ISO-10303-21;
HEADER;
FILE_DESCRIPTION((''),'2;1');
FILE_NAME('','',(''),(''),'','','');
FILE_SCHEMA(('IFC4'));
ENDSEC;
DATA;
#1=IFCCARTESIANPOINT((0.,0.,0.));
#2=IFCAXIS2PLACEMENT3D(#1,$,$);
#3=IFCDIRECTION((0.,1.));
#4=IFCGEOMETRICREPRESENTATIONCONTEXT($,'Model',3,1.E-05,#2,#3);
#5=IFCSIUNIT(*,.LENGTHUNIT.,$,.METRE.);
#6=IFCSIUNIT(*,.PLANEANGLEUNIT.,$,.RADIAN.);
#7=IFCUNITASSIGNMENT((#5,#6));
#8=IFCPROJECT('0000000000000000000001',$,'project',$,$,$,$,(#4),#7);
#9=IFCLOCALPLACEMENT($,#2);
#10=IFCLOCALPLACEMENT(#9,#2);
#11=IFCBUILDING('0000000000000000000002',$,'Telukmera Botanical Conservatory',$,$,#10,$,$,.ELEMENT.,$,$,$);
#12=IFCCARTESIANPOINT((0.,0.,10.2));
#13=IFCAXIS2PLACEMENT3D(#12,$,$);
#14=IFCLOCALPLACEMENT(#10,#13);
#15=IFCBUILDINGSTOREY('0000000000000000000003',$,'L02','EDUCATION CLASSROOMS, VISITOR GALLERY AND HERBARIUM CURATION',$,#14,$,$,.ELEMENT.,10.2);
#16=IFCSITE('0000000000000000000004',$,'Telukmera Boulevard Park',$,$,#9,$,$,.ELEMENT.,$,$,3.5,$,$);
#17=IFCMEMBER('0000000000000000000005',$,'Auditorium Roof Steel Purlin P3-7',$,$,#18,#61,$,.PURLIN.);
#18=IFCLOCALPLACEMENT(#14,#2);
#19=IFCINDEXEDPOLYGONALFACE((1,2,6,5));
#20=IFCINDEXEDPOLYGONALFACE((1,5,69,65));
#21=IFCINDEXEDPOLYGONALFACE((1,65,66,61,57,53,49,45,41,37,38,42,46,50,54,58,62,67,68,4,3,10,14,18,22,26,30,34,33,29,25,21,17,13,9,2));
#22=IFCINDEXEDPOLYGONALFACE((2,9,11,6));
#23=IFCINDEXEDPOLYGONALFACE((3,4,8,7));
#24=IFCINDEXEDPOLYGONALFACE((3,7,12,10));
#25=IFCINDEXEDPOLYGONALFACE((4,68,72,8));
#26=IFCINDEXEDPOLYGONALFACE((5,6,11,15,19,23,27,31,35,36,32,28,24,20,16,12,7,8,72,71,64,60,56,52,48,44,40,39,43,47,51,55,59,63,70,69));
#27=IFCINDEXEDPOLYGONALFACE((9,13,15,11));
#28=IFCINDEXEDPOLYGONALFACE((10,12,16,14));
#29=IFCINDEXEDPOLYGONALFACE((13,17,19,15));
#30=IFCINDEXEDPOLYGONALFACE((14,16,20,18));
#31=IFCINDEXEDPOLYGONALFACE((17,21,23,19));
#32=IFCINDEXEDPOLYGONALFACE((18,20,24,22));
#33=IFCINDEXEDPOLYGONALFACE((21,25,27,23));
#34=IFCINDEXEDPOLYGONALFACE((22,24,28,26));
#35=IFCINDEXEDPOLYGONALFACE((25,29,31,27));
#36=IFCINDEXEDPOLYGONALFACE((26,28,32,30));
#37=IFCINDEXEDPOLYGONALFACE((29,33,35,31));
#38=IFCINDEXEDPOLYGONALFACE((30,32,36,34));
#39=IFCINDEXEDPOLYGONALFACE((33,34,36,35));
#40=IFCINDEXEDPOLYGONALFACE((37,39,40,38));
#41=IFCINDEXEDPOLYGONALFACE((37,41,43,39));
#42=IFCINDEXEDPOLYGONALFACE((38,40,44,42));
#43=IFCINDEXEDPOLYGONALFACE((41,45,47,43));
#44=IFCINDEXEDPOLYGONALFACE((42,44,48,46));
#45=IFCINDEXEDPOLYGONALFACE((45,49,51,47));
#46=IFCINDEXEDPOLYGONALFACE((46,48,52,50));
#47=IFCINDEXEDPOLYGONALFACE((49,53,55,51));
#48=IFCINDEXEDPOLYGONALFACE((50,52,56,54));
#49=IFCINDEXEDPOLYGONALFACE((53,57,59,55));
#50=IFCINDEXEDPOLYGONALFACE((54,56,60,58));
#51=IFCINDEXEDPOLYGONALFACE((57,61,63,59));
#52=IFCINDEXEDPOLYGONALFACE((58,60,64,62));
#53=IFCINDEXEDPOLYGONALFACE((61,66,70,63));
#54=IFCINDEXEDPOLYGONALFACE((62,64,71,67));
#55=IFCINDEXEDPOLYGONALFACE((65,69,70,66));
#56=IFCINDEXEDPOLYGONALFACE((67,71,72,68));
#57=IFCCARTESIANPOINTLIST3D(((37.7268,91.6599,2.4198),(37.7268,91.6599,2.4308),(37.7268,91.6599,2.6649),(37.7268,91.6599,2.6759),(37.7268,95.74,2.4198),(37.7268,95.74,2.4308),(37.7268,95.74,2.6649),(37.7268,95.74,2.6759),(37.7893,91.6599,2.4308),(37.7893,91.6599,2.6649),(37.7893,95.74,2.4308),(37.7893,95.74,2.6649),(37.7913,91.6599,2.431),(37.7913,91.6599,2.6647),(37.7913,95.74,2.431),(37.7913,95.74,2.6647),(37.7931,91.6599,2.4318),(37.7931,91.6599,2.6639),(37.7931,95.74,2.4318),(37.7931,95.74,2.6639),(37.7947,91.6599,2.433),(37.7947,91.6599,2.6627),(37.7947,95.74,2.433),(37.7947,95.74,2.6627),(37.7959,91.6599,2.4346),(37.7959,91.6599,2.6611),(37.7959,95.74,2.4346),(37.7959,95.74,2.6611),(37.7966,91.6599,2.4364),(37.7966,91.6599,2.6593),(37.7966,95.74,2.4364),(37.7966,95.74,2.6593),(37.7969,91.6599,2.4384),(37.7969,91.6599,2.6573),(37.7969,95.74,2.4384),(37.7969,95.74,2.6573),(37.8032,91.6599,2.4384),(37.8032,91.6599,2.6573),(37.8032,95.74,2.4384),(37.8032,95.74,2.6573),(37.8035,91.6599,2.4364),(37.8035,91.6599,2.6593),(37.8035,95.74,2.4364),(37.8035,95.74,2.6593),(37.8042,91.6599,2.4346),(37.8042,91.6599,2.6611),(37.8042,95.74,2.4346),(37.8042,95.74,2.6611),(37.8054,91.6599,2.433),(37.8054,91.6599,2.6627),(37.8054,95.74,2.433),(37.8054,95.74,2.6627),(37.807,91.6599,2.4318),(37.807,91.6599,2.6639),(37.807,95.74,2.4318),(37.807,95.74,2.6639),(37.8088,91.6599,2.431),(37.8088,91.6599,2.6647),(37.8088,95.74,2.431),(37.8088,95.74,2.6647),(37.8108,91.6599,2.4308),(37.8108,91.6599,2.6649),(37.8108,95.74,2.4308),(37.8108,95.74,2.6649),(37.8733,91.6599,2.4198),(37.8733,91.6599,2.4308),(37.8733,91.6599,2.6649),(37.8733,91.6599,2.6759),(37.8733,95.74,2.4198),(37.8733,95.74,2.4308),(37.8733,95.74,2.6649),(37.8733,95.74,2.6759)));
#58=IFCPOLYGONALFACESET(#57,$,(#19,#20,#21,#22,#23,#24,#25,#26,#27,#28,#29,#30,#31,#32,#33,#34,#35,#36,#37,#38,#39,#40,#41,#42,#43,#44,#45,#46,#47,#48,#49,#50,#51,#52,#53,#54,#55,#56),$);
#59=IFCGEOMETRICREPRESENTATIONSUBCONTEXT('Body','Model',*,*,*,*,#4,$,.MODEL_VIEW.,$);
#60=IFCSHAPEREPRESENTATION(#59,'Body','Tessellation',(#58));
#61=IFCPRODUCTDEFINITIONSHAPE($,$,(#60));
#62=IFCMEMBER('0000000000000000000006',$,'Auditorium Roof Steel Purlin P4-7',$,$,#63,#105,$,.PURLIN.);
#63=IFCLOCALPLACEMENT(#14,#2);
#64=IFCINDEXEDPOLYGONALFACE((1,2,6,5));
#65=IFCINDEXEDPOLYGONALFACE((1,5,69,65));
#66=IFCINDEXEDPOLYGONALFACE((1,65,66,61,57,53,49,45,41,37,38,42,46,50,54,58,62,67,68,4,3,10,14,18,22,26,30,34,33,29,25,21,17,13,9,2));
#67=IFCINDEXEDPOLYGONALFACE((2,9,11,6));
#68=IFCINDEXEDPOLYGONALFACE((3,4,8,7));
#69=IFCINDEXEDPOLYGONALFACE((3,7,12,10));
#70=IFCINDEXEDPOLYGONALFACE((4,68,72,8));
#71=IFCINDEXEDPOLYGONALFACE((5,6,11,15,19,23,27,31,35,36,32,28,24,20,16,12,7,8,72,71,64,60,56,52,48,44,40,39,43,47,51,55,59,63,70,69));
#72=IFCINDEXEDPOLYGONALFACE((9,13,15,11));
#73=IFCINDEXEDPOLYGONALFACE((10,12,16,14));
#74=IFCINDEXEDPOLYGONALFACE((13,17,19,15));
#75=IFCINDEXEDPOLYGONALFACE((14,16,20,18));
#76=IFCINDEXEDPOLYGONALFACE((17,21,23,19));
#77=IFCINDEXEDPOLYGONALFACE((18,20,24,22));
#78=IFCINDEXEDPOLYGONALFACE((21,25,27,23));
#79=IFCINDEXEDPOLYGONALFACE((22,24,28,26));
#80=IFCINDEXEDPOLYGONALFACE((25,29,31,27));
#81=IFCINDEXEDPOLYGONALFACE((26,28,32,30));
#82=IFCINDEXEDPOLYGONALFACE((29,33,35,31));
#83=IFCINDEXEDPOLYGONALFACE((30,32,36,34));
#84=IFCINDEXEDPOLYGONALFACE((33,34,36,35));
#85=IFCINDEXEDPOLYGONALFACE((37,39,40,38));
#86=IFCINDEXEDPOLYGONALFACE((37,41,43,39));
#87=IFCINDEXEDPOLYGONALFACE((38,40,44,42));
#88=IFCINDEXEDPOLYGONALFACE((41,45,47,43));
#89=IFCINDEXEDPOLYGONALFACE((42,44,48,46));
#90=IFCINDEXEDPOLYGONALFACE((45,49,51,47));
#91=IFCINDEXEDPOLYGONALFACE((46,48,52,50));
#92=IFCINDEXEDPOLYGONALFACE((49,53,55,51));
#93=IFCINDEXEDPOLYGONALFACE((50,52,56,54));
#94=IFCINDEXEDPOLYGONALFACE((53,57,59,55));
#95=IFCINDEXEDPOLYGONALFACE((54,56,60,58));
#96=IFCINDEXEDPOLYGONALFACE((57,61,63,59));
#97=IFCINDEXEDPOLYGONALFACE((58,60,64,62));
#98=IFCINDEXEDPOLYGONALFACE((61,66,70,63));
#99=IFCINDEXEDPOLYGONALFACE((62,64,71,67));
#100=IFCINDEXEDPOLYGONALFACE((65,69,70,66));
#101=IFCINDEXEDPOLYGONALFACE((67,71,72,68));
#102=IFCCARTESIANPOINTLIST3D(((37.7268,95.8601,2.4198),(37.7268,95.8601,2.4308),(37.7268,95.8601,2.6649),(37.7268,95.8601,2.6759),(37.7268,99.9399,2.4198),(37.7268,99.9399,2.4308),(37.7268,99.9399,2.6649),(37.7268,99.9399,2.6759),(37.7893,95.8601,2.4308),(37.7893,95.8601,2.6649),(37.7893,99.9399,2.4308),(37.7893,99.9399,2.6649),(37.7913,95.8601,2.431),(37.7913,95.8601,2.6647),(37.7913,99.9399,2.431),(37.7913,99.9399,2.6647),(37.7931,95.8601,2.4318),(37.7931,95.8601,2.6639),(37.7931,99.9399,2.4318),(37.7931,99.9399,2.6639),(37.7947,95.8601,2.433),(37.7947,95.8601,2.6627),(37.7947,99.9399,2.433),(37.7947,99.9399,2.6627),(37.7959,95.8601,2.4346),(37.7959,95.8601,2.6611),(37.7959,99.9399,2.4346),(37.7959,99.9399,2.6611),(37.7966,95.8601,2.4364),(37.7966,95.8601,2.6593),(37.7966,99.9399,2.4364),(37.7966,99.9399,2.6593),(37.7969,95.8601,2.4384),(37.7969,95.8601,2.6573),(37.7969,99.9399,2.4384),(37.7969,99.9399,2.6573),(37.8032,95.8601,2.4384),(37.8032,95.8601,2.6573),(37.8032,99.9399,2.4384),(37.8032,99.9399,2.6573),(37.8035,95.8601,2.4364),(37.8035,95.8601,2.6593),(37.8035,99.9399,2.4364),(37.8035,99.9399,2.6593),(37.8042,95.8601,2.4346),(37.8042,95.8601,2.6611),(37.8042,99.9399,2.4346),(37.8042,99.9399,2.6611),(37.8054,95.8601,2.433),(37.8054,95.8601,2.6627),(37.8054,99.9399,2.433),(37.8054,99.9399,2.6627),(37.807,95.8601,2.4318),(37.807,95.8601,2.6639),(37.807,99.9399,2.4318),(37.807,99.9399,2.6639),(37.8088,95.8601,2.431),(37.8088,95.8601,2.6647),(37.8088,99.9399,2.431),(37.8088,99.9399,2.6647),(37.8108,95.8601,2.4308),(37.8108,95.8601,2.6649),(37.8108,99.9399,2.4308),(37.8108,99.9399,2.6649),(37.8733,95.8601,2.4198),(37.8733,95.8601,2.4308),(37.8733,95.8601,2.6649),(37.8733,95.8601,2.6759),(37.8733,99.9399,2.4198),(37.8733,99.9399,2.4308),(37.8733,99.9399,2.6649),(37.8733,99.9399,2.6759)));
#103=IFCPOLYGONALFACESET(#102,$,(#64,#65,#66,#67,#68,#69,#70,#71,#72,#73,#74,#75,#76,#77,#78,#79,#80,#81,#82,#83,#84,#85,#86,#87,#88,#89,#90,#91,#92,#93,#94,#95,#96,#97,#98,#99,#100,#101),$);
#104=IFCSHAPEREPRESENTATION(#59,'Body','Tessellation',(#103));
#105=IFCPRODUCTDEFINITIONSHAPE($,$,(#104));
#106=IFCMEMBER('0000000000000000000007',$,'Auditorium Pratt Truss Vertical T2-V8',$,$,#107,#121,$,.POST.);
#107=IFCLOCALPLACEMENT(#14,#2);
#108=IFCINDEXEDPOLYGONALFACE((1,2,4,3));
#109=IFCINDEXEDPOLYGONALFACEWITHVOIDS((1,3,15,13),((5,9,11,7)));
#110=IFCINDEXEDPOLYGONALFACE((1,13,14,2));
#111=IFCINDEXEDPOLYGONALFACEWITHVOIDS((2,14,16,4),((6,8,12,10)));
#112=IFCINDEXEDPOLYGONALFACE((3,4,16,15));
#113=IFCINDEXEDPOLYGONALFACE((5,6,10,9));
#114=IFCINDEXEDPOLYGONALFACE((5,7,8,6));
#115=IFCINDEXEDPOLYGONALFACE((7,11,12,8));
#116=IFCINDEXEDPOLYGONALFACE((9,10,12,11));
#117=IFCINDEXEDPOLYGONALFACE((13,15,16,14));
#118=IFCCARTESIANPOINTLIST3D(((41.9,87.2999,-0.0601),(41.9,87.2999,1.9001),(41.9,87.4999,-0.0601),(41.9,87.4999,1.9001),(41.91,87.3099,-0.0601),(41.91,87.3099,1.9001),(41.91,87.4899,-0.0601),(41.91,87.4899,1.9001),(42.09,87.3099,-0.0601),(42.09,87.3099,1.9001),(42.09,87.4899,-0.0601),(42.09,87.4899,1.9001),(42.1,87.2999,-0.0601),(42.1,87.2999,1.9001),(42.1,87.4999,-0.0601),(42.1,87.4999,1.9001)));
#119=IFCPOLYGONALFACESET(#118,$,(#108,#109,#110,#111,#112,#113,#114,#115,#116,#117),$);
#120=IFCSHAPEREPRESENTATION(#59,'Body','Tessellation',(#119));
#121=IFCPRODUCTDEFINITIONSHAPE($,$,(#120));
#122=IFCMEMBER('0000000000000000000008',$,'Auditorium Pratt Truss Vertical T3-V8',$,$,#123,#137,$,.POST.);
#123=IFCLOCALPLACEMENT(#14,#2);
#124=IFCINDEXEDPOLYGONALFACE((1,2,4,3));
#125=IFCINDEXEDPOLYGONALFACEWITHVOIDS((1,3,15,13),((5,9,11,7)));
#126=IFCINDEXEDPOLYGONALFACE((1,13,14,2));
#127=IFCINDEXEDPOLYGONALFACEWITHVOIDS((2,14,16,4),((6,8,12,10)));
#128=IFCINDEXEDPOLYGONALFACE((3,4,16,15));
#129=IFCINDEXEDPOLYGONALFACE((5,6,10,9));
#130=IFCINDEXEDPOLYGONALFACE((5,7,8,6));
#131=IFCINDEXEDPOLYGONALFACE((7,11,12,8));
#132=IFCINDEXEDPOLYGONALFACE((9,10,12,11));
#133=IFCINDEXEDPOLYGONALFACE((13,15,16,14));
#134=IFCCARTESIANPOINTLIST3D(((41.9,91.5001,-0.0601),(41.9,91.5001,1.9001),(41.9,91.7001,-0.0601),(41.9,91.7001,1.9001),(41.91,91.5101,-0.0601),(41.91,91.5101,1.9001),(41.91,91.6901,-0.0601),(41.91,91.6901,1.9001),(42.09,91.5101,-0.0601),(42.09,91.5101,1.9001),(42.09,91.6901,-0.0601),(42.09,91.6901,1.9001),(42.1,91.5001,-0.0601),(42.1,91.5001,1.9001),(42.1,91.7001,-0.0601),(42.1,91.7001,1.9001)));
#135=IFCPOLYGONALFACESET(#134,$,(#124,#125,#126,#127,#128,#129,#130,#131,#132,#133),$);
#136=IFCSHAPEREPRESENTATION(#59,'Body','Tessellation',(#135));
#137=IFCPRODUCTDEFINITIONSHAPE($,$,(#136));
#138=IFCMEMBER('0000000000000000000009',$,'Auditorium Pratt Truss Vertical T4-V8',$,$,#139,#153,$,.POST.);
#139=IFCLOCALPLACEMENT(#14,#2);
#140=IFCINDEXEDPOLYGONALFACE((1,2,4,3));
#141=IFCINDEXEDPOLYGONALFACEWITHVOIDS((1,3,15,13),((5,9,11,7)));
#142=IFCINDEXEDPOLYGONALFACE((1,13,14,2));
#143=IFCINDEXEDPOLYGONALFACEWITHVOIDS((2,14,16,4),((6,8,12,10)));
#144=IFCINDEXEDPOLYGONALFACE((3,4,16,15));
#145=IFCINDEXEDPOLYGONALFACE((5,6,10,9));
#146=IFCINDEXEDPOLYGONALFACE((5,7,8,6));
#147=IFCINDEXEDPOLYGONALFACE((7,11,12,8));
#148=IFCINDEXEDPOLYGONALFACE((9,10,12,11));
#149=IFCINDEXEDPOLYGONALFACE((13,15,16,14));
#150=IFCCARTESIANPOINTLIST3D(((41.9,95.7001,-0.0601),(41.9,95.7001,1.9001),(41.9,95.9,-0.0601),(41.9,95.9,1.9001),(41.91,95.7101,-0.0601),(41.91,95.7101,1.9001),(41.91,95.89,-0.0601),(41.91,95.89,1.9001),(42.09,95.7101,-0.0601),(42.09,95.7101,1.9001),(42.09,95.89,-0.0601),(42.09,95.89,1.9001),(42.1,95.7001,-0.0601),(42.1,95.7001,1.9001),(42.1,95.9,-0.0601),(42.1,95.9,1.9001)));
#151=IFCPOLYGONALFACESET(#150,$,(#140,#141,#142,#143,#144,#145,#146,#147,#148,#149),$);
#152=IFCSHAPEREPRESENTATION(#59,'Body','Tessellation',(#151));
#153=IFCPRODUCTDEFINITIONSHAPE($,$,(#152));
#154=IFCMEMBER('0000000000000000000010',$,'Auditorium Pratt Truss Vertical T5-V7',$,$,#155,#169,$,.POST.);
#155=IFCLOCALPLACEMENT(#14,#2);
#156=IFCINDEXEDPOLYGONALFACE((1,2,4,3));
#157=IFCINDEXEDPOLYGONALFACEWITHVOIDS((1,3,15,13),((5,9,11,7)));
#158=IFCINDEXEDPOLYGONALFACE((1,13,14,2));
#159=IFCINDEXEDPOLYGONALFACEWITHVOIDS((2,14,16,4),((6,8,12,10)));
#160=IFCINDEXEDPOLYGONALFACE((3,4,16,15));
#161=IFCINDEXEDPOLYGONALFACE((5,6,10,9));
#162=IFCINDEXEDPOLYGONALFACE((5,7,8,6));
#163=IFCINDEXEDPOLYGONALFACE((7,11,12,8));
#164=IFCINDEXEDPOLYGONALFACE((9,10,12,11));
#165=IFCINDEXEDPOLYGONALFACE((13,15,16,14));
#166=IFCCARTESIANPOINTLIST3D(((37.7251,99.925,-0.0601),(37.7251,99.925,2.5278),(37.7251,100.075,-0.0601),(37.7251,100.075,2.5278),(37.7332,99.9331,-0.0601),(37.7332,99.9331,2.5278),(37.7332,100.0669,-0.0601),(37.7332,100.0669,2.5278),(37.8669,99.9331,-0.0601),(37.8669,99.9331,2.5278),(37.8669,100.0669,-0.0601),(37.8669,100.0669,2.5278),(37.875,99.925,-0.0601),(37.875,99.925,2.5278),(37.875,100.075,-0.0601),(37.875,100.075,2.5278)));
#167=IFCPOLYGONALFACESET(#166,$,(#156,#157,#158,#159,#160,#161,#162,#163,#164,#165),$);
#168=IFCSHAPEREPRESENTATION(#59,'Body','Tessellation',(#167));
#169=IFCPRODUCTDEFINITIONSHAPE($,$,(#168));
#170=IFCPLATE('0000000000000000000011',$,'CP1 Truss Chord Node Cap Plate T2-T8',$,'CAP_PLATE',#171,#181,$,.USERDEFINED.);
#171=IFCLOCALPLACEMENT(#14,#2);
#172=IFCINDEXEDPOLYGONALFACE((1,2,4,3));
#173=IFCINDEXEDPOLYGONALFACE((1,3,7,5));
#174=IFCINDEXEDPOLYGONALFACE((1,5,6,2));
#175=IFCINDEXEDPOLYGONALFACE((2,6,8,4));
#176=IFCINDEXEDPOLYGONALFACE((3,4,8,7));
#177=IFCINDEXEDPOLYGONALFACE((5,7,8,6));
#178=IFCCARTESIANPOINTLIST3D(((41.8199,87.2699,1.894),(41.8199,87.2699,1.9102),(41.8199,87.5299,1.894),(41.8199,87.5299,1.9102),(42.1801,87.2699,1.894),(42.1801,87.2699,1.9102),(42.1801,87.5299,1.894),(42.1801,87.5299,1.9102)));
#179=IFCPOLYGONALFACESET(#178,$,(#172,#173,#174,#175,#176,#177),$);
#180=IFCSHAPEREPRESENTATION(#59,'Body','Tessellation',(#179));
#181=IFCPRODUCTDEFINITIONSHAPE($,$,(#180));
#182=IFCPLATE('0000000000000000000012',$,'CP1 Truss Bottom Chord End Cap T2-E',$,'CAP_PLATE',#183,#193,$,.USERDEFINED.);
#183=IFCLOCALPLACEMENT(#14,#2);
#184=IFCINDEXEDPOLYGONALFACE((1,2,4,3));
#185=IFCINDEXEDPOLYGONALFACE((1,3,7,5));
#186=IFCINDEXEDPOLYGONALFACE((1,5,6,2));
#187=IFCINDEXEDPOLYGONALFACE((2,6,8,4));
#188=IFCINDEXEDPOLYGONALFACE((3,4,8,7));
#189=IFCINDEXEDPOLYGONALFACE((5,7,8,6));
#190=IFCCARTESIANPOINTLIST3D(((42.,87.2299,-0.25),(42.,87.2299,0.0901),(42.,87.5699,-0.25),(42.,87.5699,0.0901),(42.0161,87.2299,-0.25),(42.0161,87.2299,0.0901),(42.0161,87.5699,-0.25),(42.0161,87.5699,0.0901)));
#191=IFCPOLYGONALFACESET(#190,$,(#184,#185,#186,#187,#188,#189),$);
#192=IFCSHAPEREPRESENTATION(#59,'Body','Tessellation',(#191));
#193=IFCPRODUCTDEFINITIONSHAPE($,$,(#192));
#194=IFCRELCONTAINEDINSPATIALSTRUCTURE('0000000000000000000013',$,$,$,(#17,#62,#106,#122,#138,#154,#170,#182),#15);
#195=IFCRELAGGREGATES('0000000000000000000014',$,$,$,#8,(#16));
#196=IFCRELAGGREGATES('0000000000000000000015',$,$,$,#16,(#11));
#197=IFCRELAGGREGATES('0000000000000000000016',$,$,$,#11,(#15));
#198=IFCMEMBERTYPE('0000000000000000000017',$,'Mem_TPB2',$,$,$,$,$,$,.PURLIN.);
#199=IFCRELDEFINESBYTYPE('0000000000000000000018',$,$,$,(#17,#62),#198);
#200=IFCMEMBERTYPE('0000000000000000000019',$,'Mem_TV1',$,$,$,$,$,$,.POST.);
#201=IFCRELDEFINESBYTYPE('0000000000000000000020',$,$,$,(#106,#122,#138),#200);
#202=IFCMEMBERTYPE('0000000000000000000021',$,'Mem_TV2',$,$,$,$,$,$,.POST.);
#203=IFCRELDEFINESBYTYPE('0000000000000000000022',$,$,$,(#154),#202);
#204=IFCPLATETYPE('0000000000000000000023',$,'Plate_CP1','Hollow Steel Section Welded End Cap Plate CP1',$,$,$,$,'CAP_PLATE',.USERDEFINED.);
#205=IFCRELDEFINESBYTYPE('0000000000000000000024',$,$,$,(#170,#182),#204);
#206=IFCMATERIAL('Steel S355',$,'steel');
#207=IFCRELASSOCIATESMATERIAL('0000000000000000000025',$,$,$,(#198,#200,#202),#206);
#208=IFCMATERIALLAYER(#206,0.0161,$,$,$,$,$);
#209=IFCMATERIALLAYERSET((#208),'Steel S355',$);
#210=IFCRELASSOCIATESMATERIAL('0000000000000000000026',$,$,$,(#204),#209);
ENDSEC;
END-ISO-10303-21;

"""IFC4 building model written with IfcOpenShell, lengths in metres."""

from ifc_helpers import new_model, si_unit, direction, frame, origin, origin_2d, place, context, subcontext, project, spatial, rectangle, hollow_rectangle, i_section, extrude, material, layer, layer_set, material_profile, profile_set, type_object, element, save


model = new_model("IFC4")

# Units and contexts
model_context = context("Model", 3, precision=1e-05, world=origin(), true_north=direction((0.0, 1.0)))
body_context = subcontext(model_context, "Body", "Model", "MODEL_VIEW")
ifc_project = project(units=[si_unit("LENGTHUNIT", "METRE"), si_unit("PLANEANGLEUNIT", "RADIAN")], contexts=[model_context])

# Site, building, storey
site_placement = place(None, origin())
site = spatial("IfcSite", under=ifc_project, at=site_placement, Name="Telukmera Boulevard Park", CompositionType="ELEMENT", RefElevation=3.5)
building_placement = place(site_placement, origin())
building = spatial("IfcBuilding", under=site, at=building_placement, Name="Telukmera Botanical Conservatory", CompositionType="ELEMENT")
storey_placement = place(building_placement, frame((0.0, 0.0, 10.2)))
storey = spatial("IfcBuildingStorey", under=building, at=storey_placement, Name="L02", Description="EDUCATION CLASSROOMS, VISITOR GALLERY AND HERBARIUM CURATION", CompositionType="ELEMENT", Elevation=10.2)

# Members
ifc_material_1 = material(Name="Steel S355", Category="steel")
ifc_material_profile_1 = material_profile(ifc_material_1, i_section(OverallWidth=0.1465, OverallDepth=0.2561, WebThickness=0.0063, FlangeThickness=0.011, FilletRadius=0.0076, at=origin_2d()), Name="UB 254x146x37")
ifc_profile_set_1 = profile_set([ifc_material_profile_1], Name="Steel S355")
member_type_1 = type_object("IfcMemberType", Name="Mem_TPB2", PredefinedType="PURLIN", material=ifc_profile_set_1)
for number, where, z_axis, x_axis, name in (
    (1, (37.8, 91.6599, 2.5479), (0.0, 1.0, 0.0), (-1.0, 0.0, 0.0), "Auditorium Roof Steel Purlin P3-7"),
):
    element("IfcMember", number, at=place(storey_placement, frame(where, z_axis=z_axis, x_axis=x_axis)), inside=storey, type_object=member_type_1, Name=name, PredefinedType="PURLIN", context=body_context, shape_type="SweptSolid", body=[
        extrude(i_section(OverallWidth=0.1465, OverallDepth=0.2561, WebThickness=0.0063, FlangeThickness=0.011, FilletRadius=0.0076, at=origin_2d()), origin(), (0.0, 0.0, 1.0), 4.0801),
    ])
member_1_placement = place(storey_placement, frame((37.8, 95.8601, 2.5479), z_axis=(0.0, 1.0, 0.0), x_axis=(-1.0, 0.0, 0.0)))
element("IfcMember", 2, at=member_1_placement, inside=storey, type_object=member_type_1, Name="Auditorium Roof Steel Purlin P4-7", PredefinedType="PURLIN", context=body_context, shape_type="SweptSolid", body=[
    extrude(i_section(OverallWidth=0.1465, OverallDepth=0.2561, WebThickness=0.0063, FlangeThickness=0.011, FilletRadius=0.0076, at=origin_2d()), origin(), (0.0, 0.0, 1.0), 4.0798),
])
ifc_material_profile_2 = material_profile(ifc_material_1, hollow_rectangle(XDim=0.2, YDim=0.2, WallThickness=0.01, at=origin_2d()), Name="SHS 200x200x10.0")
ifc_profile_set_2 = profile_set([ifc_material_profile_2], Name="Steel S355")
member_type_2 = type_object("IfcMemberType", Name="Mem_TV1", PredefinedType="POST", material=ifc_profile_set_2)
for number, where, z_axis, x_axis, name in (
    (3, (42.0, 87.3999, -0.0601), (0.0, 0.0, 1.0), (1.0, 0.0, 0.0), "Auditorium Pratt Truss Vertical T2-V8"),
    (4, (42.0, 91.6001, -0.0601), (0.0, 0.0, 1.0), (1.0, 0.0, 0.0), "Auditorium Pratt Truss Vertical T3-V8"),
    (5, (42.0, 95.8, -0.0601), (0.0, 0.0, 1.0), (1.0, 0.0, 0.0), "Auditorium Pratt Truss Vertical T4-V8"),
):
    element("IfcMember", number, at=place(storey_placement, frame(where, z_axis=z_axis, x_axis=x_axis)), inside=storey, type_object=member_type_2, Name=name, PredefinedType="POST", context=body_context, shape_type="SweptSolid", body=[
        extrude(hollow_rectangle(XDim=0.2, YDim=0.2, WallThickness=0.01, at=origin_2d()), origin(), (0.0, 0.0, 1.0), 1.9602),
    ])
ifc_material_profile_3 = material_profile(ifc_material_1, hollow_rectangle(XDim=0.1499, YDim=0.1499, WallThickness=0.0081, at=origin_2d()), Name="SHS 150x150x8.0")
ifc_profile_set_3 = profile_set([ifc_material_profile_3], Name="Steel S355")
member_type_3 = type_object("IfcMemberType", Name="Mem_TV2", PredefinedType="POST", material=ifc_profile_set_3)
member_2_placement = place(storey_placement, frame((37.8, 100.0, -0.0601), z_axis=(0.0, 0.0, 1.0), x_axis=(1.0, 0.0, 0.0)))
element("IfcMember", 6, at=member_2_placement, inside=storey, type_object=member_type_3, Name="Auditorium Pratt Truss Vertical T5-V7", PredefinedType="POST", context=body_context, shape_type="SweptSolid", body=[
    extrude(hollow_rectangle(XDim=0.1499, YDim=0.1499, WallThickness=0.0081, at=origin_2d()), origin(), (0.0, 0.0, 1.0), 2.5879),
])

# Plates
ifc_layer_1 = layer(ifc_material_1, 0.0161)
ifc_layer_set_1 = layer_set([ifc_layer_1], Name="Steel S355")
plate_type_1 = type_object("IfcPlateType", Name="Plate_CP1", Description="Hollow Steel Section Welded End Cap Plate CP1", ElementType="CAP_PLATE", PredefinedType="USERDEFINED", material=ifc_layer_set_1)
plate_1_placement = place(storey_placement, frame((42.0, 87.3999, 1.894), z_axis=(0.0, 0.0, 1.0), x_axis=(1.0, 0.0, 0.0)))
element("IfcPlate", 7, at=plate_1_placement, inside=storey, type_object=plate_type_1, Name="CP1 Truss Chord Node Cap Plate T2-T8", ObjectType="CAP_PLATE", PredefinedType="USERDEFINED", context=body_context, shape_type="SweptSolid", body=[
    extrude(rectangle(XDim=0.3601, YDim=0.26, at=origin_2d()), origin(), (0.0, 0.0, 1.0), 0.0161),
])
plate_2_placement = place(storey_placement, frame((42.0081, 87.3999, -0.25), z_axis=(0.0, 0.0, 1.0), x_axis=(1.0, 0.0, 0.0)))
element("IfcPlate", 8, at=plate_2_placement, inside=storey, type_object=plate_type_1, Name="CP1 Truss Bottom Chord End Cap T2-E", ObjectType="CAP_PLATE", PredefinedType="USERDEFINED", context=body_context, shape_type="SweptSolid", body=[
    extrude(rectangle(XDim=0.0161, YDim=0.3401, at=origin_2d()), origin(), (0.0, 0.0, 1.0), 0.3401),
])

save(model, "model.ifc")
